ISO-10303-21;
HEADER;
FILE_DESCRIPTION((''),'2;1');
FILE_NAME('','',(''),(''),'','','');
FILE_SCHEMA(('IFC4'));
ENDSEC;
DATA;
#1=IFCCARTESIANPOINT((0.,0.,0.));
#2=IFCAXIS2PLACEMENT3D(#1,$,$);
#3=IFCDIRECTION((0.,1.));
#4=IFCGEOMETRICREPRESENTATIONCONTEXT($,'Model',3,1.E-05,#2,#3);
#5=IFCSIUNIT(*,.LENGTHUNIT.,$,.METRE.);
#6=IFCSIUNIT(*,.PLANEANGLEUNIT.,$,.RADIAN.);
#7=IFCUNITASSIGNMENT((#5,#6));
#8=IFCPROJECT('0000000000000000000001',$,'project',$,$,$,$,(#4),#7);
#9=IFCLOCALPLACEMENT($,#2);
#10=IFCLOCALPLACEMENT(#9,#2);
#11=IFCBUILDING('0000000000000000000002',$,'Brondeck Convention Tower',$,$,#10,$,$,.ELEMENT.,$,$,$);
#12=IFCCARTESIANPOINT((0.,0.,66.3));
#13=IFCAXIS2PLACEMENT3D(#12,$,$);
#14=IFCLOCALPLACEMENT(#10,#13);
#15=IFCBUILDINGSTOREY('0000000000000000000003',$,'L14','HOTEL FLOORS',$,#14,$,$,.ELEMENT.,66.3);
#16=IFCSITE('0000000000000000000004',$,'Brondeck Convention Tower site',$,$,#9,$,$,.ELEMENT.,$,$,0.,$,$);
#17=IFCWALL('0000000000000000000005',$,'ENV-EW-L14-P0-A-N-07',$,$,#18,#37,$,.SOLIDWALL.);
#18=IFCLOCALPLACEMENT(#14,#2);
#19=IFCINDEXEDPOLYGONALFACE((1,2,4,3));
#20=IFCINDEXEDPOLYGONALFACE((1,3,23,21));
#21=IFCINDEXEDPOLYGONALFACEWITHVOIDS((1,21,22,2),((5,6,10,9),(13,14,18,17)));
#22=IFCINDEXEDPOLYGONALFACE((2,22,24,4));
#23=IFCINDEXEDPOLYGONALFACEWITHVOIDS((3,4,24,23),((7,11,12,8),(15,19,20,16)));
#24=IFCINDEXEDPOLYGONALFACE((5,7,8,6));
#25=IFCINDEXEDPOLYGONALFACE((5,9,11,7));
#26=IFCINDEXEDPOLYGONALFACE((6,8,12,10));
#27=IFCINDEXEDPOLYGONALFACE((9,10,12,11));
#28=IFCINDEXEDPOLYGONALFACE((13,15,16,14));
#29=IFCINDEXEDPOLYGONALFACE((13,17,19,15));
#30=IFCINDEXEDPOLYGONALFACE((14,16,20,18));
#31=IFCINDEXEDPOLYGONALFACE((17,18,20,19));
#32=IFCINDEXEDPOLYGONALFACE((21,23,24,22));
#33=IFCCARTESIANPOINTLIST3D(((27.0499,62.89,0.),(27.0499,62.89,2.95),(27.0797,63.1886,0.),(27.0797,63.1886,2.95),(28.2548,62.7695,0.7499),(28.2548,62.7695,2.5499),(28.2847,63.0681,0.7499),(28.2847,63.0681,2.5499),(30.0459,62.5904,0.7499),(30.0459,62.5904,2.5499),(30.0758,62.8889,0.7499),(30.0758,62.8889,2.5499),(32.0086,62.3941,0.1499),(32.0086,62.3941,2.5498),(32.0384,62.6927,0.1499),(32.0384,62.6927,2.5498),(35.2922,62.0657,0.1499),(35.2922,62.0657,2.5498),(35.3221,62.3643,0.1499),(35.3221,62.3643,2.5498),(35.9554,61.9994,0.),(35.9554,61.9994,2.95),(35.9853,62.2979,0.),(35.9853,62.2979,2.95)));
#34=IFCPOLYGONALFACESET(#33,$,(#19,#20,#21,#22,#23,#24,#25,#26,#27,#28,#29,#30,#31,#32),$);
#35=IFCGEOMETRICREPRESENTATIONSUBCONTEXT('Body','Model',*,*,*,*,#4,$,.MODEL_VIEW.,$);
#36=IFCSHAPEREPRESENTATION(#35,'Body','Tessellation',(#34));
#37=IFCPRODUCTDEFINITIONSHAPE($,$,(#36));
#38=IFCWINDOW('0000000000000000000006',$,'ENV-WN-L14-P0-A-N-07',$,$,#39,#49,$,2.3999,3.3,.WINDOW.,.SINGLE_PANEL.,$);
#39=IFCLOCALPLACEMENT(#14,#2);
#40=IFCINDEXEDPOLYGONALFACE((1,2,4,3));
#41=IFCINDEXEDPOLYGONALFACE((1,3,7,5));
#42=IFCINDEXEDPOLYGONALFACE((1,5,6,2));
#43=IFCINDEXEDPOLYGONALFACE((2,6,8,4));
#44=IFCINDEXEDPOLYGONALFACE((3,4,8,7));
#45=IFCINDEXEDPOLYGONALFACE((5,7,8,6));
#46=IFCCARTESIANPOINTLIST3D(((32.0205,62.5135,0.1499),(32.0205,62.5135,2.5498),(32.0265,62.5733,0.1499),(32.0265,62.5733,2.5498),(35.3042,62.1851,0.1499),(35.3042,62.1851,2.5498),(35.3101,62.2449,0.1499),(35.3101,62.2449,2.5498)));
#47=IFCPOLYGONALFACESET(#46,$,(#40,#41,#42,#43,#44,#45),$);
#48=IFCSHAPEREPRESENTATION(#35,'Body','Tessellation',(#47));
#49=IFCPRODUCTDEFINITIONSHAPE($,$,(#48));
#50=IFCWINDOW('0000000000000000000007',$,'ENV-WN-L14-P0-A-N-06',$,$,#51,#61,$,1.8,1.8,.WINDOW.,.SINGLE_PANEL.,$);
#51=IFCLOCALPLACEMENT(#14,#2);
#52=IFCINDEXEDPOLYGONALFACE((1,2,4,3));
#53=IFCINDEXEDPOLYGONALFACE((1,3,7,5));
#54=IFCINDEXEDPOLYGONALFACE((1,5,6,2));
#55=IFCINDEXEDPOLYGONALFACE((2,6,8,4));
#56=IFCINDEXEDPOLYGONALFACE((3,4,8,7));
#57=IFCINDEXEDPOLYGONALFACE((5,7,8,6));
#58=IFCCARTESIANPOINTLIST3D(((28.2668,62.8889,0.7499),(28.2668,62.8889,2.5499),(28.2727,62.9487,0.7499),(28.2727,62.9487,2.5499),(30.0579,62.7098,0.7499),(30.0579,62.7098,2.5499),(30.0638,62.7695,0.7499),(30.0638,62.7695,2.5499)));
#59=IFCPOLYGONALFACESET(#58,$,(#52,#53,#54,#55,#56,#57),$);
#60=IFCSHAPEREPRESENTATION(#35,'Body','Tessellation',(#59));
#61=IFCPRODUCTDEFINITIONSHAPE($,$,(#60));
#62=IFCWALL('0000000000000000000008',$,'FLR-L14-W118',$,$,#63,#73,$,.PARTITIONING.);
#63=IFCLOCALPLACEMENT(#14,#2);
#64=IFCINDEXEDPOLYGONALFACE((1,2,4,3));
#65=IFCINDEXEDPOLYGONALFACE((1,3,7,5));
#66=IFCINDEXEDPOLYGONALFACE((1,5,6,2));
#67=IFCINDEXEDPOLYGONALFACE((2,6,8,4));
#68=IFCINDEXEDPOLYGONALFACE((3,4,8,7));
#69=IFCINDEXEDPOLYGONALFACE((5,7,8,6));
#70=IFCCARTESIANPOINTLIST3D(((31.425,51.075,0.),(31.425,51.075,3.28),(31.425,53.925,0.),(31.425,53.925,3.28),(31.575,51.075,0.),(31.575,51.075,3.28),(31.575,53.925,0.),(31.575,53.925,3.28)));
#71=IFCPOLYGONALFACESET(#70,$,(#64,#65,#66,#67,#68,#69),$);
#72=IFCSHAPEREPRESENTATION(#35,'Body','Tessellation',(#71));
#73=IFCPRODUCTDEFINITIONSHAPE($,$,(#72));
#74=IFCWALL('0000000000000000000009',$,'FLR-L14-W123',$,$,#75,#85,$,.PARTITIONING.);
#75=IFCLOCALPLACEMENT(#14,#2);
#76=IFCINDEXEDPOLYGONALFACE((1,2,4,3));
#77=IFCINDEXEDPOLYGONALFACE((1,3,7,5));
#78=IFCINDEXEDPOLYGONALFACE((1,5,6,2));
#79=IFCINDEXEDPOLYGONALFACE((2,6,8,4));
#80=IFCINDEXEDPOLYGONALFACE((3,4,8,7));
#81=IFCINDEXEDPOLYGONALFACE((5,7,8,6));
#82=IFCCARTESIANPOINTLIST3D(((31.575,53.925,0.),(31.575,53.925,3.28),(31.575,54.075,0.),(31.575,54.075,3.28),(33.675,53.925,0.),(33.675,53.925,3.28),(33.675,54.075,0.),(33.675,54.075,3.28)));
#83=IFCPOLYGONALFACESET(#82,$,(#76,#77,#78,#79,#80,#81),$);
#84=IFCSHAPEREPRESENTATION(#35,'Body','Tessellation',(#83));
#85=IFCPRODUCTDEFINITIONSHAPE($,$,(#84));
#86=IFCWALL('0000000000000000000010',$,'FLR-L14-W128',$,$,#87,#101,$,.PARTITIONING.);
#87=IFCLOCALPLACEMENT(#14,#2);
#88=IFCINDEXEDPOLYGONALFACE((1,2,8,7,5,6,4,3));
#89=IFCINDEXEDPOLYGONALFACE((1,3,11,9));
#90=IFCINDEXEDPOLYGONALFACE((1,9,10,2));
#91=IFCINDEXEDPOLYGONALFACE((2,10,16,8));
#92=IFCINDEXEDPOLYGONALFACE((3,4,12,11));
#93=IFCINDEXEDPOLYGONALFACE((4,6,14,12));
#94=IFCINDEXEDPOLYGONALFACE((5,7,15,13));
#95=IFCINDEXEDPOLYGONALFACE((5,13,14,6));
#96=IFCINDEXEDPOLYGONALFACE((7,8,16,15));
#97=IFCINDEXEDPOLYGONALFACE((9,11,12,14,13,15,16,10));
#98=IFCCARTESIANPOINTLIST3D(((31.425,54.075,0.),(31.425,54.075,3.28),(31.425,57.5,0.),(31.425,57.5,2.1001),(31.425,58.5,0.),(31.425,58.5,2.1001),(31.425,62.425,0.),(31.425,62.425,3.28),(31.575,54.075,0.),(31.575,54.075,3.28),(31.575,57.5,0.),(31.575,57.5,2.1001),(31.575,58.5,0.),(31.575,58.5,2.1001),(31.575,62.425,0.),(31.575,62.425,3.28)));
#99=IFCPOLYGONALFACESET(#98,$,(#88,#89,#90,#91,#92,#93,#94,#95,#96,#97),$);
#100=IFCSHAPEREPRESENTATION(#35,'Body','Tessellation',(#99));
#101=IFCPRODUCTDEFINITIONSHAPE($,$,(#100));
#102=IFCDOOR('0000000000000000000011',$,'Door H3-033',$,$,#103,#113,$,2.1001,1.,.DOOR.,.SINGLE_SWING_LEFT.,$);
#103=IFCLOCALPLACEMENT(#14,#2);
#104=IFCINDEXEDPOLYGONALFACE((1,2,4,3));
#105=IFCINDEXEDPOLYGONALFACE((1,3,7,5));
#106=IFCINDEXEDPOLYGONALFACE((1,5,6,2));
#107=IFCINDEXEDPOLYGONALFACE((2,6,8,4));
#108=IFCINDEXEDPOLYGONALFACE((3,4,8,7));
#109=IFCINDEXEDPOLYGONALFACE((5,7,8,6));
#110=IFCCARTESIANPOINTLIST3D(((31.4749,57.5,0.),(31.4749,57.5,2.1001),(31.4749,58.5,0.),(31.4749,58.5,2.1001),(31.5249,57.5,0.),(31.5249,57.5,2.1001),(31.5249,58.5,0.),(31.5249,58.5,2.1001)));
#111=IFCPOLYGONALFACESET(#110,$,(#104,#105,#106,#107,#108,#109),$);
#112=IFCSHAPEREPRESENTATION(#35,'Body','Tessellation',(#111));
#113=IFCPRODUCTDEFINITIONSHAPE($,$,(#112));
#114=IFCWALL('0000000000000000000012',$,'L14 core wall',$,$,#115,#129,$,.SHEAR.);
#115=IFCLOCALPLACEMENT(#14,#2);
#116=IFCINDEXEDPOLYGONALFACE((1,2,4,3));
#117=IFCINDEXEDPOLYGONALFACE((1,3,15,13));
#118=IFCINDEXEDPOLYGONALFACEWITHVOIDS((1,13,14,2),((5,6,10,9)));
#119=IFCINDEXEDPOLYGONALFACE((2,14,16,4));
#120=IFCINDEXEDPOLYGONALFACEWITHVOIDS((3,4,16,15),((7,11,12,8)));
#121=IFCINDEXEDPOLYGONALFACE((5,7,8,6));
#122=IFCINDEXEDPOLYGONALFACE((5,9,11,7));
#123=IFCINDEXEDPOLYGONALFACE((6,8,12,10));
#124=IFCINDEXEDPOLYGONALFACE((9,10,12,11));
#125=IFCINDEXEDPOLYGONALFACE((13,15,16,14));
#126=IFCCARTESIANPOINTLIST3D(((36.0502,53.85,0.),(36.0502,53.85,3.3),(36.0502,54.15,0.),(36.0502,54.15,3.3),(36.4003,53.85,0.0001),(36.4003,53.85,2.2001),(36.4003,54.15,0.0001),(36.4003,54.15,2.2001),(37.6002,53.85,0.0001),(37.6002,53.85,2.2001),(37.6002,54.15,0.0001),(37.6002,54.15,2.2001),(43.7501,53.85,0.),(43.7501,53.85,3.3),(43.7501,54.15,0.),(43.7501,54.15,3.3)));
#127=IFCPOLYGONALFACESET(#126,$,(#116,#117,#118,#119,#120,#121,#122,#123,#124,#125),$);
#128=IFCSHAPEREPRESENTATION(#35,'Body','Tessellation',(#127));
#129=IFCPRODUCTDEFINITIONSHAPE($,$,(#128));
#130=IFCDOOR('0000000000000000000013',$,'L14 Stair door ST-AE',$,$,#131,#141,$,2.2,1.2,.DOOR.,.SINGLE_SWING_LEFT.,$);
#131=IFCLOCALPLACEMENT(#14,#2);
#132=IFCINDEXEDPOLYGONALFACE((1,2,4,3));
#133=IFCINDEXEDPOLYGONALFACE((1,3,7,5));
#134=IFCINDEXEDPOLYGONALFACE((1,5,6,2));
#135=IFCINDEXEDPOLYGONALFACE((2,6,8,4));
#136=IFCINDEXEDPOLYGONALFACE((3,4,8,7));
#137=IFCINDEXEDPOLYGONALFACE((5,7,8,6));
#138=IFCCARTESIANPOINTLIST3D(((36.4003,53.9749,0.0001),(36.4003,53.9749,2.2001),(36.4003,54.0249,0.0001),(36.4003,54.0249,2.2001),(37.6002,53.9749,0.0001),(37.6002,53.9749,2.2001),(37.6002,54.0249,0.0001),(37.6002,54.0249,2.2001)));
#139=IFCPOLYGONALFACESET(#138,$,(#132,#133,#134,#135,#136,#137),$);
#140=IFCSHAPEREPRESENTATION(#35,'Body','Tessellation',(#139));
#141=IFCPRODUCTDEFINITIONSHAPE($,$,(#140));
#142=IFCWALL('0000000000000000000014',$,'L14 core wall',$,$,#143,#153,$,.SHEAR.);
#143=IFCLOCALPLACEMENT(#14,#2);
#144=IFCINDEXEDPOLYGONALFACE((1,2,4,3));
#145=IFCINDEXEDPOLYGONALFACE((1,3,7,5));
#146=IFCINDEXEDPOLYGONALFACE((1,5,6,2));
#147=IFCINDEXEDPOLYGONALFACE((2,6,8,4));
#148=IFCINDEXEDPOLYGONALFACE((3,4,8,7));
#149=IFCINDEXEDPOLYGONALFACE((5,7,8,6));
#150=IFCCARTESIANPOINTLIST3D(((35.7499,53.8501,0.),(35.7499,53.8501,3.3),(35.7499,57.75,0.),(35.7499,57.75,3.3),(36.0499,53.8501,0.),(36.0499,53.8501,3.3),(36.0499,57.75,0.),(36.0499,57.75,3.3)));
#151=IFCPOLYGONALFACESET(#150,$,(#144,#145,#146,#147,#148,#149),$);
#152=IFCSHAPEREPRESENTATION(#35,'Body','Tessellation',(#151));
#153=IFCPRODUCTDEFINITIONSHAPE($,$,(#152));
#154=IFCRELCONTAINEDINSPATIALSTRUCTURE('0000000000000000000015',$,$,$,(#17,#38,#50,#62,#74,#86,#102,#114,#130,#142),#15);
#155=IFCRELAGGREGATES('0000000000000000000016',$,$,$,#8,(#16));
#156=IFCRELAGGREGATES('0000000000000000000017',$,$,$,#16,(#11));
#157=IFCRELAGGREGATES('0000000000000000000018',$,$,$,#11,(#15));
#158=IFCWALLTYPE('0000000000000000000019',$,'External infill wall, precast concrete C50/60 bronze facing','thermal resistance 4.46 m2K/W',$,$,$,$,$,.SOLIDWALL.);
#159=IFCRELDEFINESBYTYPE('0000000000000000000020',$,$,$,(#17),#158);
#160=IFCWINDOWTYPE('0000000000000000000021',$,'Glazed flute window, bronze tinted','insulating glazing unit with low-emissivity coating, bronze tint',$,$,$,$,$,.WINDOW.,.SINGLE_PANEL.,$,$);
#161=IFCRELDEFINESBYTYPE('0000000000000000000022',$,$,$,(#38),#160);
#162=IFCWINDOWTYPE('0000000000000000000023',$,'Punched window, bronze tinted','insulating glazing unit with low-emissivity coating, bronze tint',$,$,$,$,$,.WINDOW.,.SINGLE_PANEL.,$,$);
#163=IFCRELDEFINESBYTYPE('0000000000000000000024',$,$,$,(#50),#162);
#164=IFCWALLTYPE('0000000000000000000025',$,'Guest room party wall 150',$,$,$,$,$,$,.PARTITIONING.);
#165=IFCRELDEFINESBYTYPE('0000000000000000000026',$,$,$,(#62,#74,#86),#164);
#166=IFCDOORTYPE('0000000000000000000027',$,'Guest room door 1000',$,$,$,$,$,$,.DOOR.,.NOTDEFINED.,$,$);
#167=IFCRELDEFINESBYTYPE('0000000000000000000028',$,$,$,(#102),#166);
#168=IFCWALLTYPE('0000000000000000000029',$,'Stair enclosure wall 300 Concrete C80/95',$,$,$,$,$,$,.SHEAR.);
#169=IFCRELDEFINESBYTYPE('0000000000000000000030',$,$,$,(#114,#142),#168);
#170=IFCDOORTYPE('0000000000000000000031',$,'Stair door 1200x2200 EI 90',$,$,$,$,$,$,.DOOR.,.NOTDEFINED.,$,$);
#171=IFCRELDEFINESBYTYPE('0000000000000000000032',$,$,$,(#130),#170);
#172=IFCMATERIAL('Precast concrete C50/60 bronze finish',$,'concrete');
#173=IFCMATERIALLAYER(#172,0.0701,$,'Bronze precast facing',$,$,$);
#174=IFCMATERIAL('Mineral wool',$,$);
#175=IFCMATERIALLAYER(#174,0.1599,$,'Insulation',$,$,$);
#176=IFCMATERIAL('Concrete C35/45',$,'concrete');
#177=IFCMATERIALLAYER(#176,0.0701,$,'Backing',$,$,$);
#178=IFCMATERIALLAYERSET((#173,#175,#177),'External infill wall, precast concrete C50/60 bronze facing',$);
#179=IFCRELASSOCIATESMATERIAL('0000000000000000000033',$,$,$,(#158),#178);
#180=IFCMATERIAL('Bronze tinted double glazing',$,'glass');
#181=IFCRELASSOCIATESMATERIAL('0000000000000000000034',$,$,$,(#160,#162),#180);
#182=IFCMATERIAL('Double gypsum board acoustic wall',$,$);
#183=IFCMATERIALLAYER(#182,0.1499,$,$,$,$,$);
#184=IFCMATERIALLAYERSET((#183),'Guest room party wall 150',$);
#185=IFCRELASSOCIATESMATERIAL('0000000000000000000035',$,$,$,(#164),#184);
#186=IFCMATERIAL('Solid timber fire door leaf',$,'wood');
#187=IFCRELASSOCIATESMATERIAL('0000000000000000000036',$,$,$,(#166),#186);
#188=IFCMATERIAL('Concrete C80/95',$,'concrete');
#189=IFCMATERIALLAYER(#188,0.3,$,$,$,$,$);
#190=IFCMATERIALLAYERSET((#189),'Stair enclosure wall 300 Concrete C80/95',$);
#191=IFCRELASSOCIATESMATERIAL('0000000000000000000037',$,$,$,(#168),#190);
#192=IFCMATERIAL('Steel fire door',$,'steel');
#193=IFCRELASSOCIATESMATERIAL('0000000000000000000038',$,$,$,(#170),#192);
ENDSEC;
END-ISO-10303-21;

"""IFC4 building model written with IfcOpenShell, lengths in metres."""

from ifc_helpers import new_model, si_unit, direction, frame, frame_2d, origin, place, context, subcontext, project, spatial, rectangle, extrude, material, layer, layer_set, type_object, element, fill, save


model = new_model("IFC4")

# Units and contexts
model_context = context("Model", 3, precision=1e-05, world=origin(), true_north=direction((0.0, 1.0)))
body_context = subcontext(model_context, "Body", "Model", "MODEL_VIEW")
ifc_project = project(units=[si_unit("LENGTHUNIT", "METRE"), si_unit("PLANEANGLEUNIT", "RADIAN")], contexts=[model_context])

# Site, building, storey
site_placement = place(None, origin())
site = spatial("IfcSite", under=ifc_project, at=site_placement, Name="Brondeck Convention Tower site", CompositionType="ELEMENT", RefElevation=0.0)
building_placement = place(site_placement, origin())
building = spatial("IfcBuilding", under=site, at=building_placement, Name="Brondeck Convention Tower", CompositionType="ELEMENT")
storey_placement = place(building_placement, frame((0.0, 0.0, 66.3)))
storey = spatial("IfcBuildingStorey", under=building, at=storey_placement, Name="L14", Description="HOTEL FLOORS", CompositionType="ELEMENT", Elevation=66.3)

# Shared definitions
ifc_material_1 = material(Name="Concrete C80/95", Category="concrete")

# Wall, openings, windows
ifc_material_2 = material(Name="Precast concrete C50/60 bronze finish", Category="concrete")
ifc_layer_1 = layer(ifc_material_2, 0.0701, Name="Bronze precast facing")
ifc_material_3 = material(Name="Mineral wool")
ifc_layer_2 = layer(ifc_material_3, 0.1599, Name="Insulation")
ifc_material_4 = material(Name="Concrete C35/45", Category="concrete")
ifc_layer_3 = layer(ifc_material_4, 0.0701, Name="Backing")
ifc_layer_set_1 = layer_set([ifc_layer_1, ifc_layer_2, ifc_layer_3], Name="External infill wall, precast concrete C50/60 bronze facing")
wall_type_1 = type_object("IfcWallType", Name="External infill wall, precast concrete C50/60 bronze facing", Description="thermal resistance 4.46 m2K/W", PredefinedType="SOLIDWALL", material=ifc_layer_set_1)
ifc_material_5 = material(Name="Bronze tinted double glazing", Category="glass")
window_type_1 = type_object("IfcWindowType", Name="Glazed flute window, bronze tinted", Description="insulating glazing unit with low-emissivity coating, bronze tint", PartitioningType="SINGLE_PANEL", PredefinedType="WINDOW", material=ifc_material_5)
window_type_2 = type_object("IfcWindowType", Name="Punched window, bronze tinted", Description="insulating glazing unit with low-emissivity coating, bronze tint", PartitioningType="SINGLE_PANEL", PredefinedType="WINDOW", material=ifc_material_5)
wall_1_placement = place(storey_placement, frame((27.0647, 63.0393, 0.0), z_axis=(0.0, 0.0, 1.0), x_axis=(0.995036, -0.099512, 0.0)))
wall_1 = element("IfcWall", 1, at=wall_1_placement, inside=storey, type_object=wall_type_1, Name="ENV-EW-L14-P0-A-N-07", PredefinedType="SOLIDWALL", context=body_context, shape_type="SweptSolid", body=[
    extrude(rectangle(XDim=8.95, YDim=0.3, at=frame_2d((4.4751, 0.0))), origin(), (0.0, 0.0, 1.0), 2.95),
])
opening_1_placement = place(wall_1_placement, frame((1.2112, 0.0, 0.75)))
opening_1 = element("IfcOpeningElement", 2, at=opening_1_placement, cuts=wall_1, PredefinedType="OPENING", context=body_context, shape_type="SweptSolid", body=[
    extrude(rectangle(XDim=1.8, YDim=1.8, at=frame_2d((0.8999, 0.8999))), frame((0.0, 0.1599, 0.0), z_axis=(0.0, -1.0, 0.0), x_axis=(1.0, 0.0, 0.0)), (0.0, 0.0, 1.0), 0.3201),
])
opening_2_placement = place(wall_1_placement, frame((4.9836, 0.0, 0.1499)))
opening_2 = element("IfcOpeningElement", 3, at=opening_2_placement, cuts=wall_1, PredefinedType="OPENING", context=body_context, shape_type="SweptSolid", body=[
    extrude(rectangle(XDim=3.3, YDim=2.3999, at=frame_2d((1.6499, 1.2))), frame((0.0, 0.1599, 0.0), z_axis=(0.0, -1.0, 0.0), x_axis=(1.0, 0.0, 0.0)), (0.0, 0.0, 1.0), 0.3201),
])
window_1_placement = place(opening_2_placement, origin())
window_1 = element("IfcWindow", 4, at=window_1_placement, inside=storey, type_object=window_type_1, Name="ENV-WN-L14-P0-A-N-07", OverallHeight=2.3999, OverallWidth=3.3, PartitioningType="SINGLE_PANEL", PredefinedType="WINDOW", context=body_context, shape_type="SweptSolid", body=[
    extrude(rectangle(XDim=3.3, YDim=2.3999, at=frame_2d((1.6499, 1.2))), frame((0.0, 0.03, 0.0), z_axis=(0.0, -1.0, 0.0), x_axis=(1.0, 0.0, 0.0)), (0.0, 0.0, 1.0), 0.0601),
])
fill(opening_2, window_1)
window_2_placement = place(opening_1_placement, origin())
window_2 = element("IfcWindow", 5, at=window_2_placement, inside=storey, type_object=window_type_2, Name="ENV-WN-L14-P0-A-N-06", OverallHeight=1.8, OverallWidth=1.8, PartitioningType="SINGLE_PANEL", PredefinedType="WINDOW", context=body_context, shape_type="SweptSolid", body=[
    extrude(rectangle(XDim=1.8, YDim=1.8, at=frame_2d((0.8999, 0.8999))), frame((0.0, 0.03, 0.0), z_axis=(0.0, -1.0, 0.0), x_axis=(1.0, 0.0, 0.0)), (0.0, 0.0, 1.0), 0.0601),
])
fill(opening_1, window_2)

# Walls
ifc_material_6 = material(Name="Double gypsum board acoustic wall")
ifc_layer_4 = layer(ifc_material_6, 0.1499)
ifc_layer_set_2 = layer_set([ifc_layer_4], Name="Guest room party wall 150")
wall_type_2 = type_object("IfcWallType", Name="Guest room party wall 150", PredefinedType="PARTITIONING", material=ifc_layer_set_2)
wall_2_placement = place(storey_placement, frame((31.5, 53.925, 0.0), z_axis=(0.0, 0.0, 1.0), x_axis=(0.0, -1.0, 0.0)))
element("IfcWall", 6, at=wall_2_placement, inside=storey, type_object=wall_type_2, Name="FLR-L14-W118", PredefinedType="PARTITIONING", context=body_context, shape_type="SweptSolid", body=[
    extrude(rectangle(XDim=2.8501, YDim=0.1499, at=frame_2d((1.425, 0.0))), origin(), (0.0, 0.0, 1.0), 3.28),
])
wall_3_placement = place(storey_placement, frame((33.675, 54.0, 0.0), z_axis=(0.0, 0.0, 1.0), x_axis=(-1.0, 0.0, 0.0)))
element("IfcWall", 7, at=wall_3_placement, inside=storey, type_object=wall_type_2, Name="FLR-L14-W123", PredefinedType="PARTITIONING", context=body_context, shape_type="SweptSolid", body=[
    extrude(rectangle(XDim=2.1001, YDim=0.1499, at=frame_2d((1.05, 0.0))), origin(), (0.0, 0.0, 1.0), 3.28),
])

# Walls, openings, doors
wall_4_placement = place(storey_placement, frame((31.5, 62.425, 0.0), z_axis=(0.0, 0.0, 1.0), x_axis=(0.0, -1.0, 0.0)))
wall_4 = element("IfcWall", 8, at=wall_4_placement, inside=storey, type_object=wall_type_2, Name="FLR-L14-W128", PredefinedType="PARTITIONING", context=body_context, shape_type="SweptSolid", body=[
    extrude(rectangle(XDim=8.3501, YDim=0.1499, at=frame_2d((4.175, 0.0))), origin(), (0.0, 0.0, 1.0), 3.28),
])
opening_3_placement = place(wall_4_placement, frame((3.925, 0.0, 0.0)))
opening_3 = element("IfcOpeningElement", 9, at=opening_3_placement, cuts=wall_4, PredefinedType="OPENING", context=body_context, shape_type="SweptSolid", body=[
    extrude(rectangle(XDim=1.0, YDim=2.1001, at=frame_2d((0.5, 1.05))), frame((0.0, 0.085, 0.0), z_axis=(0.0, -1.0, 0.0), x_axis=(1.0, 0.0, 0.0)), (0.0, 0.0, 1.0), 0.1699),
])
ifc_material_7 = material(Name="Solid timber fire door leaf", Category="wood")
door_type_1 = type_object("IfcDoorType", Name="Guest room door 1000", OperationType="NOTDEFINED", PredefinedType="DOOR", material=ifc_material_7)
door_1_placement = place(opening_3_placement, origin())
door_1 = element("IfcDoor", 10, at=door_1_placement, inside=storey, type_object=door_type_1, Name="Door H3-033", OperationType="SINGLE_SWING_LEFT", OverallHeight=2.1001, OverallWidth=1.0, PredefinedType="DOOR", context=body_context, shape_type="SweptSolid", body=[
    extrude(rectangle(XDim=1.0, YDim=2.1001, at=frame_2d((0.5, 1.05))), frame((0.0, 0.0249, 0.0), z_axis=(0.0, -1.0, 0.0), x_axis=(1.0, 0.0, 0.0)), (0.0, 0.0, 1.0), 0.05),
])
fill(opening_3, door_1)
ifc_layer_5 = layer(ifc_material_1, 0.3)
ifc_layer_set_3 = layer_set([ifc_layer_5], Name="Stair enclosure wall 300 Concrete C80/95")
wall_type_3 = type_object("IfcWallType", Name="Stair enclosure wall 300 Concrete C80/95", PredefinedType="SHEAR", material=ifc_layer_set_3)
wall_5_placement = place(storey_placement, frame((36.05, 54.0, 0.0), z_axis=(0.0, 0.0, 1.0), x_axis=(1.0, 0.0, 0.0)))
wall_5 = element("IfcWall", 11, at=wall_5_placement, inside=storey, type_object=wall_type_3, Name="L14 core wall", PredefinedType="SHEAR", context=body_context, shape_type="SweptSolid", body=[
    extrude(rectangle(XDim=7.7, YDim=0.3, at=frame_2d((3.8501, 0.0))), origin(), (0.0, 0.0, 1.0), 3.3),
])
opening_4_placement = place(wall_5_placement, frame((0.3501, 0.0, 0.0)))
opening_4 = element("IfcOpeningElement", 12, at=opening_4_placement, cuts=wall_5, PredefinedType="OPENING", context=body_context, shape_type="SweptSolid", body=[
    extrude(rectangle(XDim=1.2, YDim=2.2, at=frame_2d((0.6001, 1.1001))), frame((0.0, 0.1599, 0.0), z_axis=(0.0, -1.0, 0.0), x_axis=(1.0, 0.0, 0.0)), (0.0, 0.0, 1.0), 0.3201),
])
ifc_material_8 = material(Name="Steel fire door", Category="steel")
door_type_2 = type_object("IfcDoorType", Name="Stair door 1200x2200 EI 90", OperationType="NOTDEFINED", PredefinedType="DOOR", material=ifc_material_8)
door_2_placement = place(opening_4_placement, origin())
door_2 = element("IfcDoor", 13, at=door_2_placement, inside=storey, type_object=door_type_2, Name="L14 Stair door ST-AE", OperationType="SINGLE_SWING_LEFT", OverallHeight=2.2, OverallWidth=1.2, PredefinedType="DOOR", context=body_context, shape_type="SweptSolid", body=[
    extrude(rectangle(XDim=1.2, YDim=2.2, at=frame_2d((0.6001, 1.1001))), frame((0.0, 0.0249, 0.0), z_axis=(0.0, -1.0, 0.0), x_axis=(1.0, 0.0, 0.0)), (0.0, 0.0, 1.0), 0.05),
])
fill(opening_4, door_2)

# Wall
wall_6_placement = place(storey_placement, frame((35.8999, 53.8501, 0.0), z_axis=(0.0, 0.0, 1.0), x_axis=(0.0, 1.0, 0.0)))
element("IfcWall", 14, at=wall_6_placement, inside=storey, type_object=wall_type_3, Name="L14 core wall", PredefinedType="SHEAR", context=body_context, shape_type="SweptSolid", body=[
    extrude(rectangle(XDim=3.8999, YDim=0.3, at=frame_2d((1.95, 0.0))), origin(), (0.0, 0.0, 1.0), 3.3),
])

save(model, "model.ifc")
